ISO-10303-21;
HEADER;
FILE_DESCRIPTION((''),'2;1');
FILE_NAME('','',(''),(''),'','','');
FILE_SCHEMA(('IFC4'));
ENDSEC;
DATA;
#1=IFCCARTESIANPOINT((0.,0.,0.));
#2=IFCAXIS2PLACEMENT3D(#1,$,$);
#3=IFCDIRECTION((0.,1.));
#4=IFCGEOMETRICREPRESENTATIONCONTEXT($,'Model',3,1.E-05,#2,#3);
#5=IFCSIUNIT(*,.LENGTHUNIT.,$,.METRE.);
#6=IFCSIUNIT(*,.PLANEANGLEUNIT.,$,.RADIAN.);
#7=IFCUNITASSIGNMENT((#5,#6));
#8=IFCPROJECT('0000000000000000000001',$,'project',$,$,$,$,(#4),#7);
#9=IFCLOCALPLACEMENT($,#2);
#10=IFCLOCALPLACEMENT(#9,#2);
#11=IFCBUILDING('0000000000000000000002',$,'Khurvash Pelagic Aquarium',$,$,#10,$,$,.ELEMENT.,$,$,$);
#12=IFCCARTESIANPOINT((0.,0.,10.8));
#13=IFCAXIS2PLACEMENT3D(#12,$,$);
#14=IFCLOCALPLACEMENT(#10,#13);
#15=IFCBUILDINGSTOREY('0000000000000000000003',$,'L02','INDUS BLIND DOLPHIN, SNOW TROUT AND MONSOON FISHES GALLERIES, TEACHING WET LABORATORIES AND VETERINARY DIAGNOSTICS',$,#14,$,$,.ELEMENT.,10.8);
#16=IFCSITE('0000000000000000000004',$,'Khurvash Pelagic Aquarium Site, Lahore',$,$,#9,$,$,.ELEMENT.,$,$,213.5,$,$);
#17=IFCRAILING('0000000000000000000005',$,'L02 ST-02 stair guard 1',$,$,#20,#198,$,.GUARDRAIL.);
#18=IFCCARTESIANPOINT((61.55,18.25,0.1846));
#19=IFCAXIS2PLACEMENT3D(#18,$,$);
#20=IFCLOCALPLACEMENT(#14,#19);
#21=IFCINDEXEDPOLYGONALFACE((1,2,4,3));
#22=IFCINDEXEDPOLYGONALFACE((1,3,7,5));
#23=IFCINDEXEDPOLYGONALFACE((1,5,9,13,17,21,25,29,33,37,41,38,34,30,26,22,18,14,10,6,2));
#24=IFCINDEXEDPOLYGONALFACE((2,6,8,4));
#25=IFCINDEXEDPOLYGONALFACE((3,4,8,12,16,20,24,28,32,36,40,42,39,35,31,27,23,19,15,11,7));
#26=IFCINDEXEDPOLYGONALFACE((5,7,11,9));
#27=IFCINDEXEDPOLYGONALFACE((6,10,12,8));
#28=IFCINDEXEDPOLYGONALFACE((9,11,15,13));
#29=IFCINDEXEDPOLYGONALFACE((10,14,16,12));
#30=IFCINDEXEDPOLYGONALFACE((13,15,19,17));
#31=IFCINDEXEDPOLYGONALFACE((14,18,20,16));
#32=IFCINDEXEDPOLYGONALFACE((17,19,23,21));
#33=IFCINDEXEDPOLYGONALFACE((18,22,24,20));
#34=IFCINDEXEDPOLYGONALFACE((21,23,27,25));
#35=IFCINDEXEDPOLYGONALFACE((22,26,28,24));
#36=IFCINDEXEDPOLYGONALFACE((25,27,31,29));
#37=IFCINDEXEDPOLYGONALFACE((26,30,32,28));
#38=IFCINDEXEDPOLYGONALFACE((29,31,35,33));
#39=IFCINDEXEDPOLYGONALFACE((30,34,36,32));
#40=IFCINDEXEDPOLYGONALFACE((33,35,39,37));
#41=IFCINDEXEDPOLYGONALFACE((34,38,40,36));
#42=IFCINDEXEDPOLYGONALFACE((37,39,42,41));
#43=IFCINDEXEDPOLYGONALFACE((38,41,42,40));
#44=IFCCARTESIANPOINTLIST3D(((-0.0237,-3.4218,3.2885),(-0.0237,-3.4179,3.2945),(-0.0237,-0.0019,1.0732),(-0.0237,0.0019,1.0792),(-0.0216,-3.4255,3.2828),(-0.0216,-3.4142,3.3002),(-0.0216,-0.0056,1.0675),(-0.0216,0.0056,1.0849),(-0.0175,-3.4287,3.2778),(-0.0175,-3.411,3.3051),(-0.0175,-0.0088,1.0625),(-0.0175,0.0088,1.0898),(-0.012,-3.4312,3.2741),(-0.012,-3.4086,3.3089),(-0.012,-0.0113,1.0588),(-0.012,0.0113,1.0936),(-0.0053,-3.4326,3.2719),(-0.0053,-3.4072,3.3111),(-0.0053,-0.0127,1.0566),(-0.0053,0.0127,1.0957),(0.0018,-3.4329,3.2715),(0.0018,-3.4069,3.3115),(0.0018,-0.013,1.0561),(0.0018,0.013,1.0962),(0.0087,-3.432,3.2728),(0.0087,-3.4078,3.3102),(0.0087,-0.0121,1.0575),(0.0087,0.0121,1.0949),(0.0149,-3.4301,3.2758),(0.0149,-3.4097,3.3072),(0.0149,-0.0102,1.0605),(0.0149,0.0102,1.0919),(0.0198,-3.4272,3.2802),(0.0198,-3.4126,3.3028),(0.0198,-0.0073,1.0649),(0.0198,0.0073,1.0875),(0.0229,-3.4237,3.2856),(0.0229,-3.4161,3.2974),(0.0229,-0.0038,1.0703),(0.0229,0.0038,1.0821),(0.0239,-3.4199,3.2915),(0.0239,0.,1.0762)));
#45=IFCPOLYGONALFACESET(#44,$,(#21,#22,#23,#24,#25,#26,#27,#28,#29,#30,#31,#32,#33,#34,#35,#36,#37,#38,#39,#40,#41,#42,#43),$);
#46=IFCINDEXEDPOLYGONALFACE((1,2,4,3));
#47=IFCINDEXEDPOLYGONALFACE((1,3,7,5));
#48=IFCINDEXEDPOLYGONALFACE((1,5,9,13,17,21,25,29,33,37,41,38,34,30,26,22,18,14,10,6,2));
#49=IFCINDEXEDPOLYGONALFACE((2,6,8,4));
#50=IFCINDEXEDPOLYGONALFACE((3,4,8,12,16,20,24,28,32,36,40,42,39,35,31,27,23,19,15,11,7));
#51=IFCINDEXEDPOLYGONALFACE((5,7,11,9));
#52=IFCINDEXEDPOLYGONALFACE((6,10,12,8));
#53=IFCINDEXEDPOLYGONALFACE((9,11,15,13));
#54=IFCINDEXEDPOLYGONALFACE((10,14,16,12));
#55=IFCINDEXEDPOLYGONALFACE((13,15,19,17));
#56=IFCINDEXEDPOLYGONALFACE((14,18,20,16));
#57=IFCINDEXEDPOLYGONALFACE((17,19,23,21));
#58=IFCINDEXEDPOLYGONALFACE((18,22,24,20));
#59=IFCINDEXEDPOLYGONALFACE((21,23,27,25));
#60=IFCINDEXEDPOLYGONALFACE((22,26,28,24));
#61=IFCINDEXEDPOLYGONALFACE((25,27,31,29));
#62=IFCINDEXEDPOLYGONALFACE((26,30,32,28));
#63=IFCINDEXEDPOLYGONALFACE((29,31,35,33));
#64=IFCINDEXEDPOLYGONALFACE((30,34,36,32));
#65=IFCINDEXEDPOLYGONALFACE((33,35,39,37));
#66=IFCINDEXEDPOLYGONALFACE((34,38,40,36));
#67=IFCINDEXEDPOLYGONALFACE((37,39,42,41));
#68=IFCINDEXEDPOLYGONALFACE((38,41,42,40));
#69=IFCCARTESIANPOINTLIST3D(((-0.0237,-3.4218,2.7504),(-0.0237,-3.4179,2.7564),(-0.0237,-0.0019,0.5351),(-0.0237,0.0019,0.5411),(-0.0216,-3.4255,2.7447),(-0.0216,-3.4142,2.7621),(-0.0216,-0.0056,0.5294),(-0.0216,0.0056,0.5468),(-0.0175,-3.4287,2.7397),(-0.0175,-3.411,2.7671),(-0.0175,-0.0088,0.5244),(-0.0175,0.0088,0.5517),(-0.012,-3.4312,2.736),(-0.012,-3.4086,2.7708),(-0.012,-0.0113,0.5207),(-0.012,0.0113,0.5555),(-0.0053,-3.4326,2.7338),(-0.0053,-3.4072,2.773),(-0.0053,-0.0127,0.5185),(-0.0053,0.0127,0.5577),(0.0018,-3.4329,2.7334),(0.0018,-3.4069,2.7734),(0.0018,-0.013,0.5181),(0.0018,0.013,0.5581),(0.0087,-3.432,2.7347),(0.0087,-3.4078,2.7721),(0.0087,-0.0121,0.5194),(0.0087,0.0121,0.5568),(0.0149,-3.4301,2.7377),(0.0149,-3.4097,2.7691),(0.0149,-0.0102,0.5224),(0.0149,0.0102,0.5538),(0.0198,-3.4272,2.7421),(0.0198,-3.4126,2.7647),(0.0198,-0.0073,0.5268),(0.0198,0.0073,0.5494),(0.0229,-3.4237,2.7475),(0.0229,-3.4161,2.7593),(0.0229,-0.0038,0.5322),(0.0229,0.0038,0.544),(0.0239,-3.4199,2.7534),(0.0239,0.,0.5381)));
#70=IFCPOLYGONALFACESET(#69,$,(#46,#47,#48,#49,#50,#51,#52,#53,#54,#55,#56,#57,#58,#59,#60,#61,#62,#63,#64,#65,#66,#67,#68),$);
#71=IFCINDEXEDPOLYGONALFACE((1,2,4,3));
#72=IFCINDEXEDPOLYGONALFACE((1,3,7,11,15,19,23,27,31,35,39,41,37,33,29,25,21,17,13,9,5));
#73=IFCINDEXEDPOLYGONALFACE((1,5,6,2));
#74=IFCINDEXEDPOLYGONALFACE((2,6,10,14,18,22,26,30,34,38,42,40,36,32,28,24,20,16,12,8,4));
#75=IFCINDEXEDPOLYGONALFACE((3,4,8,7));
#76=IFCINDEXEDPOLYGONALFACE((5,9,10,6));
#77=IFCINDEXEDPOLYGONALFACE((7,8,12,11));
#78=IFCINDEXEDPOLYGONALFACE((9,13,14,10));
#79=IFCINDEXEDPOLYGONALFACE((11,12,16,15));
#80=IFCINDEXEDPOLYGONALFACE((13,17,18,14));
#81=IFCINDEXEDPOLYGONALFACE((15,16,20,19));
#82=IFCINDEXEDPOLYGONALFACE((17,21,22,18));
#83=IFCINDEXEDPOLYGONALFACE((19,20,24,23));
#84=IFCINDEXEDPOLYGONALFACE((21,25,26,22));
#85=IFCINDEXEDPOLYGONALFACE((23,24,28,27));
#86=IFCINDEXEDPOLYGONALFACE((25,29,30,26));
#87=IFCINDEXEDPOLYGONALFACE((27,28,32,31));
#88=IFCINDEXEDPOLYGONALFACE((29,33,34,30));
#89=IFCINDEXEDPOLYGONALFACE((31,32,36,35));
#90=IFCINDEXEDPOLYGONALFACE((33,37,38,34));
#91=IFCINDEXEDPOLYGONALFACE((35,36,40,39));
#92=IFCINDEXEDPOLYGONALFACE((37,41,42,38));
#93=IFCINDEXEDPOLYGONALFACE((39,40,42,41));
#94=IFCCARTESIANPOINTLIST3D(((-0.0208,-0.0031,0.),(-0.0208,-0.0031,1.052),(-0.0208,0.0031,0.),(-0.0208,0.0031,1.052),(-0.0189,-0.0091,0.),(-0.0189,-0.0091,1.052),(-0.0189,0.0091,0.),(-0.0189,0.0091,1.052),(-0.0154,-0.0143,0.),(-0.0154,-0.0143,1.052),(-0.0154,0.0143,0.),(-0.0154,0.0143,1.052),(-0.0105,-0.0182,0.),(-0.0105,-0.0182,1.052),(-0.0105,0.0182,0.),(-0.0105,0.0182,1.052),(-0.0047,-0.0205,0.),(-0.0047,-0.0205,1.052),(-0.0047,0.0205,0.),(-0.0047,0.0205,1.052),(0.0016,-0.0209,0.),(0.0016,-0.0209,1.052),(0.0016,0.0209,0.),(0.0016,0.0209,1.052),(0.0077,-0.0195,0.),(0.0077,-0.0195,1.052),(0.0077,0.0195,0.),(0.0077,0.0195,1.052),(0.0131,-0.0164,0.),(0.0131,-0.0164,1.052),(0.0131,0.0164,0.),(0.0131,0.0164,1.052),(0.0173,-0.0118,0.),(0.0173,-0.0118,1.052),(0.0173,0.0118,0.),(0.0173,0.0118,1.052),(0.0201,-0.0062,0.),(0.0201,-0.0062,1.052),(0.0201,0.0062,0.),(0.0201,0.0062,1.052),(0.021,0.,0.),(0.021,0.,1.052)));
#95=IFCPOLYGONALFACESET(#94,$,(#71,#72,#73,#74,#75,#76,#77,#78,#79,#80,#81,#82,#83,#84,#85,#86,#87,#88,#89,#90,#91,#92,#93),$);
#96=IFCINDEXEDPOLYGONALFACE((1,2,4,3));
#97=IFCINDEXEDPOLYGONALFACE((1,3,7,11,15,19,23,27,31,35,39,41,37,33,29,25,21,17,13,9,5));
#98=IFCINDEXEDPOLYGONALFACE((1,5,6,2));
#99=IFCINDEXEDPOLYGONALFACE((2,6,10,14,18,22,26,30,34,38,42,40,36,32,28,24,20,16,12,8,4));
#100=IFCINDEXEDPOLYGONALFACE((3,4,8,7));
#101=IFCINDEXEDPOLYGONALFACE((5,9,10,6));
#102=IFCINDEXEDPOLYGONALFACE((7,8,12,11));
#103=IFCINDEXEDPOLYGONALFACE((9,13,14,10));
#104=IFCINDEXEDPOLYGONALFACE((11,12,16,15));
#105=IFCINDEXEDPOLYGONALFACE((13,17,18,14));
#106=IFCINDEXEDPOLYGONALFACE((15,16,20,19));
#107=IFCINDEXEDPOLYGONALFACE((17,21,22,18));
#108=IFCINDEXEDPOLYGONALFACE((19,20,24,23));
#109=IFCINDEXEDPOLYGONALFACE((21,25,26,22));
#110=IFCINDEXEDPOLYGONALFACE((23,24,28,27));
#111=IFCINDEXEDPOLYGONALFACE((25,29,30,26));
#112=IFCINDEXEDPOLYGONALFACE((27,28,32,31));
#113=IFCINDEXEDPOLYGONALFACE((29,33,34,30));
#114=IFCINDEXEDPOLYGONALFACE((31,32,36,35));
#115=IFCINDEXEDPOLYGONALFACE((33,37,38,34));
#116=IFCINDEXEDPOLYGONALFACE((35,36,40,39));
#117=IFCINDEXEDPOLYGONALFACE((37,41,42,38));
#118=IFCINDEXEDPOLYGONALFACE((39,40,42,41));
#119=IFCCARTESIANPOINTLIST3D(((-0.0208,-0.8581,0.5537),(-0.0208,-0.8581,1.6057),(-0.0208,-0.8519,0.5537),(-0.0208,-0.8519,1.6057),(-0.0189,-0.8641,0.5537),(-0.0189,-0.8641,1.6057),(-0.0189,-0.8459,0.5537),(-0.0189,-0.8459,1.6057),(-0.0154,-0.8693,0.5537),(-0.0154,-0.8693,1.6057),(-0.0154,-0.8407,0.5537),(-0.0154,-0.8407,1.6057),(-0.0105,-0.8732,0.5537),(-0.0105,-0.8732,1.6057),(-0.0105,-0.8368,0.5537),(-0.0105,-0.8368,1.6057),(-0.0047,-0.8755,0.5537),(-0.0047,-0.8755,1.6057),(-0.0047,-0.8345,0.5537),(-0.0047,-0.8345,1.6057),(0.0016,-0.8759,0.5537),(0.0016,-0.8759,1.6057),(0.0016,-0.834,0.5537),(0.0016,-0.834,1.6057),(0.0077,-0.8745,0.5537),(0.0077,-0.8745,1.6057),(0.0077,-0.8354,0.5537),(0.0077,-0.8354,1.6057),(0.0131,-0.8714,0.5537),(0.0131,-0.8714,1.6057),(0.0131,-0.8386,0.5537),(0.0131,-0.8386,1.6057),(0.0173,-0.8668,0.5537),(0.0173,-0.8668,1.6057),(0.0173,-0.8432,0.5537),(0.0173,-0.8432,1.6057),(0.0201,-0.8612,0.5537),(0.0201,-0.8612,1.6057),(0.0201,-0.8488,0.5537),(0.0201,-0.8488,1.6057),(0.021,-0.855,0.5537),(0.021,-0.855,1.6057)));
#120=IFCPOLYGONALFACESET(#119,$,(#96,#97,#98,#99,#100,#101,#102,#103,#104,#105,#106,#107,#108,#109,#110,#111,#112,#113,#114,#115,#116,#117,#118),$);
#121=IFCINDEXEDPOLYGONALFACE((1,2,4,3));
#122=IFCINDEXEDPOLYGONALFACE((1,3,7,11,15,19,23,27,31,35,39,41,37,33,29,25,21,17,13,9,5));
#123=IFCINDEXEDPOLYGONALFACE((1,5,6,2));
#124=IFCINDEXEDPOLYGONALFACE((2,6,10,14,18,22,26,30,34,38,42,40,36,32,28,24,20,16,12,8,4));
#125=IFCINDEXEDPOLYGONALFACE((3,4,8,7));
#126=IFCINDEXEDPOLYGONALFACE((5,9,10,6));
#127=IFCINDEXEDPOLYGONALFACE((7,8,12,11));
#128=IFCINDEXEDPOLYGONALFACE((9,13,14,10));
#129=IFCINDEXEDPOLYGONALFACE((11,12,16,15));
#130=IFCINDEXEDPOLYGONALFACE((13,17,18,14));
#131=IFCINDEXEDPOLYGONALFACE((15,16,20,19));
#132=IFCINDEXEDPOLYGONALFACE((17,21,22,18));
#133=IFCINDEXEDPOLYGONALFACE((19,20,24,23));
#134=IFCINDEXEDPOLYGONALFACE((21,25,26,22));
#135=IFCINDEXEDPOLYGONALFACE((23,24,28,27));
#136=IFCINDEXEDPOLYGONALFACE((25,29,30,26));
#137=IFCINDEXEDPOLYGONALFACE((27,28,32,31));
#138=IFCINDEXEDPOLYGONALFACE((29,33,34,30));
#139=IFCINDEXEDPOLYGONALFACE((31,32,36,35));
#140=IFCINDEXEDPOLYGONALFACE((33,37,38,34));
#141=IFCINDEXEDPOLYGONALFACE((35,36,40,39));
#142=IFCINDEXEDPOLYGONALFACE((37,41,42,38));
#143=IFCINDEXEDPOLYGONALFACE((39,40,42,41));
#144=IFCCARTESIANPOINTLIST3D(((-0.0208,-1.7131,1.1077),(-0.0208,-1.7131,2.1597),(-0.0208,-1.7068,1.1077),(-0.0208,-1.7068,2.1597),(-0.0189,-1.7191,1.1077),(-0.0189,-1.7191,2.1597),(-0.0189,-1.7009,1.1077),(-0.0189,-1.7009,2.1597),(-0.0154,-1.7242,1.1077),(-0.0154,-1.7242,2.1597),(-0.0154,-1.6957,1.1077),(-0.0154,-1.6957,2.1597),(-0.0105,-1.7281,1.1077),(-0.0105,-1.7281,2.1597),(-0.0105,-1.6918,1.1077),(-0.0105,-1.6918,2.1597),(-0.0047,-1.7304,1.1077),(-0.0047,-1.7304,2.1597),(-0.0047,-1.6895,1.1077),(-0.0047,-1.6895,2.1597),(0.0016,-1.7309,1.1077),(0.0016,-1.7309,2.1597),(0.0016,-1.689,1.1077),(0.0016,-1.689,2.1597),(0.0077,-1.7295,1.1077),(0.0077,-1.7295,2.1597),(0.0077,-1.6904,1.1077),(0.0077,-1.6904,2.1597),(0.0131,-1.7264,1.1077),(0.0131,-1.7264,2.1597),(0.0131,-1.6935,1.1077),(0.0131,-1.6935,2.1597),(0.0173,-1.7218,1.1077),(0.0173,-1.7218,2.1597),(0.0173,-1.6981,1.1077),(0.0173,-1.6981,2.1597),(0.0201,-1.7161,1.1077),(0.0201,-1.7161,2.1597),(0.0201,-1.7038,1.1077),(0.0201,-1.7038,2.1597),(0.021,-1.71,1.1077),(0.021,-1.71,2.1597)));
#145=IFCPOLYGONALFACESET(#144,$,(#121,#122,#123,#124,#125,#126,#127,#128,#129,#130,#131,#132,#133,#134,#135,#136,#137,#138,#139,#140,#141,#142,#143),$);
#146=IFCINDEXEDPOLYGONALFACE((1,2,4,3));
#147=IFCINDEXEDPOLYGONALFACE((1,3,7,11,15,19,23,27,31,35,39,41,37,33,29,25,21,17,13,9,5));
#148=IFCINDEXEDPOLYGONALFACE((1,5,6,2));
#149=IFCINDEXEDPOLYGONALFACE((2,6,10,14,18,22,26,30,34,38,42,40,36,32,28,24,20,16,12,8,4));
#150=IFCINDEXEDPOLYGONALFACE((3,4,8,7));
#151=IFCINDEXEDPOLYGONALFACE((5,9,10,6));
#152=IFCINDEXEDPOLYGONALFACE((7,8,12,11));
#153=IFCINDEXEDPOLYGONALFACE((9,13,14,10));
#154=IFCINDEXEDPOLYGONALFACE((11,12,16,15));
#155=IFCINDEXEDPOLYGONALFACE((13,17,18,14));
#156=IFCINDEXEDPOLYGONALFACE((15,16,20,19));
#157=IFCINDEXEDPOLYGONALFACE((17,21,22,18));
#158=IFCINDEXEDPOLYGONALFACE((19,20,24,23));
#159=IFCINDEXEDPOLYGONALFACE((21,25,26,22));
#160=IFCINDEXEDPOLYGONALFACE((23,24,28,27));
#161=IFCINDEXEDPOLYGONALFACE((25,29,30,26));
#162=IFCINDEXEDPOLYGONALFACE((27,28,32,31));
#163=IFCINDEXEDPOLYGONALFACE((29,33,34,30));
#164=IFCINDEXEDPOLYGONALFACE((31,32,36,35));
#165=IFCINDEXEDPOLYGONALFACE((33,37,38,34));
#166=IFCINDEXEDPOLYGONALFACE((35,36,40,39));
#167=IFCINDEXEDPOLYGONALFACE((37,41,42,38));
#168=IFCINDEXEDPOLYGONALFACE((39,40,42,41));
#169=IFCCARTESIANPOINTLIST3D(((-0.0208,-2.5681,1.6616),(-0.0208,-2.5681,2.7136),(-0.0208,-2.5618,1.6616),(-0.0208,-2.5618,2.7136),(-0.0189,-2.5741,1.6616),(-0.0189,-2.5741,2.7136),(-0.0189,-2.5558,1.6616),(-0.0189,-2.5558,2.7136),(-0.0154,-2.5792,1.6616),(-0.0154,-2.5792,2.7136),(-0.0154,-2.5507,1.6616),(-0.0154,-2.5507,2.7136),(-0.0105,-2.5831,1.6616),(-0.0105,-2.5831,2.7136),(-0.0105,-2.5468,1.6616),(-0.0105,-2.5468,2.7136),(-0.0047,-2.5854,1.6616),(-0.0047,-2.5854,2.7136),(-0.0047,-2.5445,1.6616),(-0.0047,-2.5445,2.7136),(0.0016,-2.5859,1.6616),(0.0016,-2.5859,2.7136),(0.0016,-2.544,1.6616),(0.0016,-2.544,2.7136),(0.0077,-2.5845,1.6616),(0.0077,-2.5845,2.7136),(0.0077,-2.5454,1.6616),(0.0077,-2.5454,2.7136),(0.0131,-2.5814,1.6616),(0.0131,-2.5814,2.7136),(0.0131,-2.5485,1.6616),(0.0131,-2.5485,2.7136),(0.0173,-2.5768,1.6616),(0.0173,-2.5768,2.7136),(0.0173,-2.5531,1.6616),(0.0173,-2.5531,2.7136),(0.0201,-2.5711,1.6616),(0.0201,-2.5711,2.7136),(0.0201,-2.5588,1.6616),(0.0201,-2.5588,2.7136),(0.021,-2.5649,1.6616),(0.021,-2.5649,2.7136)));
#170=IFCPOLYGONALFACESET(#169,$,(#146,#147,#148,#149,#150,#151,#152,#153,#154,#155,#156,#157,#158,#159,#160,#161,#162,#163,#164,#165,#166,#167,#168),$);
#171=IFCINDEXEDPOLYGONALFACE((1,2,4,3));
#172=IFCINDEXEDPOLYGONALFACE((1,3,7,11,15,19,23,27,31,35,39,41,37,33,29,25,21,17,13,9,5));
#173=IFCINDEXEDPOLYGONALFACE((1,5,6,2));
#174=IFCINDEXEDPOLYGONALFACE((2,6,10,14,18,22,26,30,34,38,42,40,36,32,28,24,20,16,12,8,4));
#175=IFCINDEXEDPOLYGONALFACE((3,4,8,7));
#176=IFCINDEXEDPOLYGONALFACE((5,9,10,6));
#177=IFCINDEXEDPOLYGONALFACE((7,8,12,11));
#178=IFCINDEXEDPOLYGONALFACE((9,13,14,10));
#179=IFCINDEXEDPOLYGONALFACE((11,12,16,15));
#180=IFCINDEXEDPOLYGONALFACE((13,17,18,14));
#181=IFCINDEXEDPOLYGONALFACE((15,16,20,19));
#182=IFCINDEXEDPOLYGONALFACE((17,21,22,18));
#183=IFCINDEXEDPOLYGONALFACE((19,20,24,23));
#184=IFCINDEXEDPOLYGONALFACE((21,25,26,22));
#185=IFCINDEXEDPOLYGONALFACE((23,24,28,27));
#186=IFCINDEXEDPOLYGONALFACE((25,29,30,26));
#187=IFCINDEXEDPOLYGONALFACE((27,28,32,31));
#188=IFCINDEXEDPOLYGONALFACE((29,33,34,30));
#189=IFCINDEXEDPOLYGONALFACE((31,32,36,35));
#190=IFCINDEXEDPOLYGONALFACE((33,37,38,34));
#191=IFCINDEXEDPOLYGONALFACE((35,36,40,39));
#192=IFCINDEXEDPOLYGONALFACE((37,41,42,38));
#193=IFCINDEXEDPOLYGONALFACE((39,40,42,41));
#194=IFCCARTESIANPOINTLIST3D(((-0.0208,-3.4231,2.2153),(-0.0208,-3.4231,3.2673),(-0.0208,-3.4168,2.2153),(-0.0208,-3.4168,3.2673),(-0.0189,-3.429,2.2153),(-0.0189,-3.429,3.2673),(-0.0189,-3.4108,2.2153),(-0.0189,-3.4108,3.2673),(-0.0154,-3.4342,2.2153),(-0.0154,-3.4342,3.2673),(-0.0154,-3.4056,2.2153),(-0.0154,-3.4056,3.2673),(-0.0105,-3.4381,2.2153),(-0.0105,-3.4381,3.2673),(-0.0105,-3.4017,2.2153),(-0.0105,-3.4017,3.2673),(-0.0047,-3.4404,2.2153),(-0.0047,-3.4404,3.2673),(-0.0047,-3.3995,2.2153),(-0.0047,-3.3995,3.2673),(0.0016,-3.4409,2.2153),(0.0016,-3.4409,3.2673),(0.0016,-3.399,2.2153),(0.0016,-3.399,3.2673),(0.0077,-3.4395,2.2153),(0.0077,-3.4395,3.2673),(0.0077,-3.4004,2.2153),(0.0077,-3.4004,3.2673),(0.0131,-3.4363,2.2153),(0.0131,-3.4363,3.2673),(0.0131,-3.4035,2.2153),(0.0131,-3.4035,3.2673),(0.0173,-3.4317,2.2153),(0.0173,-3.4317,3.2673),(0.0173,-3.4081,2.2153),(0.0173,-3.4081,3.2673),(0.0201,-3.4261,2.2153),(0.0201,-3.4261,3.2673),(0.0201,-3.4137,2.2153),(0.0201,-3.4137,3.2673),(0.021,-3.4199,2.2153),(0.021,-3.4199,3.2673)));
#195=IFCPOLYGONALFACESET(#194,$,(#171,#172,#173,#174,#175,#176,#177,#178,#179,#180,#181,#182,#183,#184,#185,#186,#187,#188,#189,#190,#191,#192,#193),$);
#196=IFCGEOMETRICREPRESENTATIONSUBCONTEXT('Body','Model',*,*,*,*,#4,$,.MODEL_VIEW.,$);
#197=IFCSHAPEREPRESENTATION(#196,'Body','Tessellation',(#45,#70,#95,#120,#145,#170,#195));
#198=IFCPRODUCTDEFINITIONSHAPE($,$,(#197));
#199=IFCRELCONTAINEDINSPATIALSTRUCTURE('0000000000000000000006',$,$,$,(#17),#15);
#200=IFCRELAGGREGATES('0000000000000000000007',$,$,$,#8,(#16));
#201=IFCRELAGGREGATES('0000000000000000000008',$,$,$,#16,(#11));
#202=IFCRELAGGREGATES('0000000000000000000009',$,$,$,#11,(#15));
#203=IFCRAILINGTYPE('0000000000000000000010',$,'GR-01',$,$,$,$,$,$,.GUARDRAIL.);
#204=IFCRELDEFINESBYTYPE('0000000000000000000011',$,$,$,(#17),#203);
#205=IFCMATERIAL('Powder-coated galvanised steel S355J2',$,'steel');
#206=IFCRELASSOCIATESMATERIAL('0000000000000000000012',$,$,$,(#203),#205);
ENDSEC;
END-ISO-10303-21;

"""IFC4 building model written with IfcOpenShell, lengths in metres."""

from ifc_helpers import new_model, si_unit, direction, frame, origin, origin_2d, place, context, subcontext, project, spatial, circle, extrude, material, type_object, element, save


model = new_model("IFC4")

# Units and contexts
model_context = context("Model", 3, precision=1e-05, world=origin(), true_north=direction((0.0, 1.0)))
body_context = subcontext(model_context, "Body", "Model", "MODEL_VIEW")
ifc_project = project(units=[si_unit("LENGTHUNIT", "METRE"), si_unit("PLANEANGLEUNIT", "RADIAN")], contexts=[model_context])

# Site, building, storey
site_placement = place(None, origin())
site = spatial("IfcSite", under=ifc_project, at=site_placement, Name="Khurvash Pelagic Aquarium Site, Lahore", CompositionType="ELEMENT", RefElevation=213.5)
building_placement = place(site_placement, origin())
building = spatial("IfcBuilding", under=site, at=building_placement, Name="Khurvash Pelagic Aquarium", CompositionType="ELEMENT")
storey_placement = place(building_placement, frame((0.0, 0.0, 10.8)))
storey = spatial("IfcBuildingStorey", under=building, at=storey_placement, Name="L02", Description="INDUS BLIND DOLPHIN, SNOW TROUT AND MONSOON FISHES GALLERIES, TEACHING WET LABORATORIES AND VETERINARY DIAGNOSTICS", CompositionType="ELEMENT", Elevation=10.8)

# Railing
ifc_material_1 = material(Name="Powder-coated galvanised steel S355J2", Category="steel")
railing_type_1 = type_object("IfcRailingType", Name="GR-01", PredefinedType="GUARDRAIL", material=ifc_material_1)
railing_1_placement = place(storey_placement, frame((61.55, 18.25, 0.1846)))
element("IfcRailing", 1, at=railing_1_placement, inside=storey, type_object=railing_type_1, Name="L02 ST-02 stair guard 1", PredefinedType="GUARDRAIL", context=body_context, shape_type="SweptSolid", body=[
    extrude(circle(Radius=0.0239, at=origin_2d()), frame((0.0, 0.0, 1.0762), z_axis=(0.0, -0.839297, 0.543674), x_axis=(1.0, 0.0, 0.0)), (0.0, 0.0, 1.0), 4.0747),
    extrude(circle(Radius=0.0239, at=origin_2d()), frame((0.0, 0.0, 0.5381), z_axis=(0.0, -0.839297, 0.543674), x_axis=(1.0, 0.0, 0.0)), (0.0, 0.0, 1.0), 4.0747),
    extrude(circle(Radius=0.021, at=origin_2d()), origin(), (0.0, 0.0, 1.0), 1.052),
    extrude(circle(Radius=0.021, at=origin_2d()), frame((0.0, -0.855, 0.5537)), (0.0, 0.0, 1.0), 1.052),
    extrude(circle(Radius=0.021, at=origin_2d()), frame((0.0, -1.71, 1.1077)), (0.0, 0.0, 1.0), 1.052),
    extrude(circle(Radius=0.021, at=origin_2d()), frame((0.0, -2.5649, 1.6616)), (0.0, 0.0, 1.0), 1.052),
    extrude(circle(Radius=0.021, at=origin_2d()), frame((0.0, -3.4199, 2.2153)), (0.0, 0.0, 1.0), 1.052),
])

save(model, "model.ifc")
